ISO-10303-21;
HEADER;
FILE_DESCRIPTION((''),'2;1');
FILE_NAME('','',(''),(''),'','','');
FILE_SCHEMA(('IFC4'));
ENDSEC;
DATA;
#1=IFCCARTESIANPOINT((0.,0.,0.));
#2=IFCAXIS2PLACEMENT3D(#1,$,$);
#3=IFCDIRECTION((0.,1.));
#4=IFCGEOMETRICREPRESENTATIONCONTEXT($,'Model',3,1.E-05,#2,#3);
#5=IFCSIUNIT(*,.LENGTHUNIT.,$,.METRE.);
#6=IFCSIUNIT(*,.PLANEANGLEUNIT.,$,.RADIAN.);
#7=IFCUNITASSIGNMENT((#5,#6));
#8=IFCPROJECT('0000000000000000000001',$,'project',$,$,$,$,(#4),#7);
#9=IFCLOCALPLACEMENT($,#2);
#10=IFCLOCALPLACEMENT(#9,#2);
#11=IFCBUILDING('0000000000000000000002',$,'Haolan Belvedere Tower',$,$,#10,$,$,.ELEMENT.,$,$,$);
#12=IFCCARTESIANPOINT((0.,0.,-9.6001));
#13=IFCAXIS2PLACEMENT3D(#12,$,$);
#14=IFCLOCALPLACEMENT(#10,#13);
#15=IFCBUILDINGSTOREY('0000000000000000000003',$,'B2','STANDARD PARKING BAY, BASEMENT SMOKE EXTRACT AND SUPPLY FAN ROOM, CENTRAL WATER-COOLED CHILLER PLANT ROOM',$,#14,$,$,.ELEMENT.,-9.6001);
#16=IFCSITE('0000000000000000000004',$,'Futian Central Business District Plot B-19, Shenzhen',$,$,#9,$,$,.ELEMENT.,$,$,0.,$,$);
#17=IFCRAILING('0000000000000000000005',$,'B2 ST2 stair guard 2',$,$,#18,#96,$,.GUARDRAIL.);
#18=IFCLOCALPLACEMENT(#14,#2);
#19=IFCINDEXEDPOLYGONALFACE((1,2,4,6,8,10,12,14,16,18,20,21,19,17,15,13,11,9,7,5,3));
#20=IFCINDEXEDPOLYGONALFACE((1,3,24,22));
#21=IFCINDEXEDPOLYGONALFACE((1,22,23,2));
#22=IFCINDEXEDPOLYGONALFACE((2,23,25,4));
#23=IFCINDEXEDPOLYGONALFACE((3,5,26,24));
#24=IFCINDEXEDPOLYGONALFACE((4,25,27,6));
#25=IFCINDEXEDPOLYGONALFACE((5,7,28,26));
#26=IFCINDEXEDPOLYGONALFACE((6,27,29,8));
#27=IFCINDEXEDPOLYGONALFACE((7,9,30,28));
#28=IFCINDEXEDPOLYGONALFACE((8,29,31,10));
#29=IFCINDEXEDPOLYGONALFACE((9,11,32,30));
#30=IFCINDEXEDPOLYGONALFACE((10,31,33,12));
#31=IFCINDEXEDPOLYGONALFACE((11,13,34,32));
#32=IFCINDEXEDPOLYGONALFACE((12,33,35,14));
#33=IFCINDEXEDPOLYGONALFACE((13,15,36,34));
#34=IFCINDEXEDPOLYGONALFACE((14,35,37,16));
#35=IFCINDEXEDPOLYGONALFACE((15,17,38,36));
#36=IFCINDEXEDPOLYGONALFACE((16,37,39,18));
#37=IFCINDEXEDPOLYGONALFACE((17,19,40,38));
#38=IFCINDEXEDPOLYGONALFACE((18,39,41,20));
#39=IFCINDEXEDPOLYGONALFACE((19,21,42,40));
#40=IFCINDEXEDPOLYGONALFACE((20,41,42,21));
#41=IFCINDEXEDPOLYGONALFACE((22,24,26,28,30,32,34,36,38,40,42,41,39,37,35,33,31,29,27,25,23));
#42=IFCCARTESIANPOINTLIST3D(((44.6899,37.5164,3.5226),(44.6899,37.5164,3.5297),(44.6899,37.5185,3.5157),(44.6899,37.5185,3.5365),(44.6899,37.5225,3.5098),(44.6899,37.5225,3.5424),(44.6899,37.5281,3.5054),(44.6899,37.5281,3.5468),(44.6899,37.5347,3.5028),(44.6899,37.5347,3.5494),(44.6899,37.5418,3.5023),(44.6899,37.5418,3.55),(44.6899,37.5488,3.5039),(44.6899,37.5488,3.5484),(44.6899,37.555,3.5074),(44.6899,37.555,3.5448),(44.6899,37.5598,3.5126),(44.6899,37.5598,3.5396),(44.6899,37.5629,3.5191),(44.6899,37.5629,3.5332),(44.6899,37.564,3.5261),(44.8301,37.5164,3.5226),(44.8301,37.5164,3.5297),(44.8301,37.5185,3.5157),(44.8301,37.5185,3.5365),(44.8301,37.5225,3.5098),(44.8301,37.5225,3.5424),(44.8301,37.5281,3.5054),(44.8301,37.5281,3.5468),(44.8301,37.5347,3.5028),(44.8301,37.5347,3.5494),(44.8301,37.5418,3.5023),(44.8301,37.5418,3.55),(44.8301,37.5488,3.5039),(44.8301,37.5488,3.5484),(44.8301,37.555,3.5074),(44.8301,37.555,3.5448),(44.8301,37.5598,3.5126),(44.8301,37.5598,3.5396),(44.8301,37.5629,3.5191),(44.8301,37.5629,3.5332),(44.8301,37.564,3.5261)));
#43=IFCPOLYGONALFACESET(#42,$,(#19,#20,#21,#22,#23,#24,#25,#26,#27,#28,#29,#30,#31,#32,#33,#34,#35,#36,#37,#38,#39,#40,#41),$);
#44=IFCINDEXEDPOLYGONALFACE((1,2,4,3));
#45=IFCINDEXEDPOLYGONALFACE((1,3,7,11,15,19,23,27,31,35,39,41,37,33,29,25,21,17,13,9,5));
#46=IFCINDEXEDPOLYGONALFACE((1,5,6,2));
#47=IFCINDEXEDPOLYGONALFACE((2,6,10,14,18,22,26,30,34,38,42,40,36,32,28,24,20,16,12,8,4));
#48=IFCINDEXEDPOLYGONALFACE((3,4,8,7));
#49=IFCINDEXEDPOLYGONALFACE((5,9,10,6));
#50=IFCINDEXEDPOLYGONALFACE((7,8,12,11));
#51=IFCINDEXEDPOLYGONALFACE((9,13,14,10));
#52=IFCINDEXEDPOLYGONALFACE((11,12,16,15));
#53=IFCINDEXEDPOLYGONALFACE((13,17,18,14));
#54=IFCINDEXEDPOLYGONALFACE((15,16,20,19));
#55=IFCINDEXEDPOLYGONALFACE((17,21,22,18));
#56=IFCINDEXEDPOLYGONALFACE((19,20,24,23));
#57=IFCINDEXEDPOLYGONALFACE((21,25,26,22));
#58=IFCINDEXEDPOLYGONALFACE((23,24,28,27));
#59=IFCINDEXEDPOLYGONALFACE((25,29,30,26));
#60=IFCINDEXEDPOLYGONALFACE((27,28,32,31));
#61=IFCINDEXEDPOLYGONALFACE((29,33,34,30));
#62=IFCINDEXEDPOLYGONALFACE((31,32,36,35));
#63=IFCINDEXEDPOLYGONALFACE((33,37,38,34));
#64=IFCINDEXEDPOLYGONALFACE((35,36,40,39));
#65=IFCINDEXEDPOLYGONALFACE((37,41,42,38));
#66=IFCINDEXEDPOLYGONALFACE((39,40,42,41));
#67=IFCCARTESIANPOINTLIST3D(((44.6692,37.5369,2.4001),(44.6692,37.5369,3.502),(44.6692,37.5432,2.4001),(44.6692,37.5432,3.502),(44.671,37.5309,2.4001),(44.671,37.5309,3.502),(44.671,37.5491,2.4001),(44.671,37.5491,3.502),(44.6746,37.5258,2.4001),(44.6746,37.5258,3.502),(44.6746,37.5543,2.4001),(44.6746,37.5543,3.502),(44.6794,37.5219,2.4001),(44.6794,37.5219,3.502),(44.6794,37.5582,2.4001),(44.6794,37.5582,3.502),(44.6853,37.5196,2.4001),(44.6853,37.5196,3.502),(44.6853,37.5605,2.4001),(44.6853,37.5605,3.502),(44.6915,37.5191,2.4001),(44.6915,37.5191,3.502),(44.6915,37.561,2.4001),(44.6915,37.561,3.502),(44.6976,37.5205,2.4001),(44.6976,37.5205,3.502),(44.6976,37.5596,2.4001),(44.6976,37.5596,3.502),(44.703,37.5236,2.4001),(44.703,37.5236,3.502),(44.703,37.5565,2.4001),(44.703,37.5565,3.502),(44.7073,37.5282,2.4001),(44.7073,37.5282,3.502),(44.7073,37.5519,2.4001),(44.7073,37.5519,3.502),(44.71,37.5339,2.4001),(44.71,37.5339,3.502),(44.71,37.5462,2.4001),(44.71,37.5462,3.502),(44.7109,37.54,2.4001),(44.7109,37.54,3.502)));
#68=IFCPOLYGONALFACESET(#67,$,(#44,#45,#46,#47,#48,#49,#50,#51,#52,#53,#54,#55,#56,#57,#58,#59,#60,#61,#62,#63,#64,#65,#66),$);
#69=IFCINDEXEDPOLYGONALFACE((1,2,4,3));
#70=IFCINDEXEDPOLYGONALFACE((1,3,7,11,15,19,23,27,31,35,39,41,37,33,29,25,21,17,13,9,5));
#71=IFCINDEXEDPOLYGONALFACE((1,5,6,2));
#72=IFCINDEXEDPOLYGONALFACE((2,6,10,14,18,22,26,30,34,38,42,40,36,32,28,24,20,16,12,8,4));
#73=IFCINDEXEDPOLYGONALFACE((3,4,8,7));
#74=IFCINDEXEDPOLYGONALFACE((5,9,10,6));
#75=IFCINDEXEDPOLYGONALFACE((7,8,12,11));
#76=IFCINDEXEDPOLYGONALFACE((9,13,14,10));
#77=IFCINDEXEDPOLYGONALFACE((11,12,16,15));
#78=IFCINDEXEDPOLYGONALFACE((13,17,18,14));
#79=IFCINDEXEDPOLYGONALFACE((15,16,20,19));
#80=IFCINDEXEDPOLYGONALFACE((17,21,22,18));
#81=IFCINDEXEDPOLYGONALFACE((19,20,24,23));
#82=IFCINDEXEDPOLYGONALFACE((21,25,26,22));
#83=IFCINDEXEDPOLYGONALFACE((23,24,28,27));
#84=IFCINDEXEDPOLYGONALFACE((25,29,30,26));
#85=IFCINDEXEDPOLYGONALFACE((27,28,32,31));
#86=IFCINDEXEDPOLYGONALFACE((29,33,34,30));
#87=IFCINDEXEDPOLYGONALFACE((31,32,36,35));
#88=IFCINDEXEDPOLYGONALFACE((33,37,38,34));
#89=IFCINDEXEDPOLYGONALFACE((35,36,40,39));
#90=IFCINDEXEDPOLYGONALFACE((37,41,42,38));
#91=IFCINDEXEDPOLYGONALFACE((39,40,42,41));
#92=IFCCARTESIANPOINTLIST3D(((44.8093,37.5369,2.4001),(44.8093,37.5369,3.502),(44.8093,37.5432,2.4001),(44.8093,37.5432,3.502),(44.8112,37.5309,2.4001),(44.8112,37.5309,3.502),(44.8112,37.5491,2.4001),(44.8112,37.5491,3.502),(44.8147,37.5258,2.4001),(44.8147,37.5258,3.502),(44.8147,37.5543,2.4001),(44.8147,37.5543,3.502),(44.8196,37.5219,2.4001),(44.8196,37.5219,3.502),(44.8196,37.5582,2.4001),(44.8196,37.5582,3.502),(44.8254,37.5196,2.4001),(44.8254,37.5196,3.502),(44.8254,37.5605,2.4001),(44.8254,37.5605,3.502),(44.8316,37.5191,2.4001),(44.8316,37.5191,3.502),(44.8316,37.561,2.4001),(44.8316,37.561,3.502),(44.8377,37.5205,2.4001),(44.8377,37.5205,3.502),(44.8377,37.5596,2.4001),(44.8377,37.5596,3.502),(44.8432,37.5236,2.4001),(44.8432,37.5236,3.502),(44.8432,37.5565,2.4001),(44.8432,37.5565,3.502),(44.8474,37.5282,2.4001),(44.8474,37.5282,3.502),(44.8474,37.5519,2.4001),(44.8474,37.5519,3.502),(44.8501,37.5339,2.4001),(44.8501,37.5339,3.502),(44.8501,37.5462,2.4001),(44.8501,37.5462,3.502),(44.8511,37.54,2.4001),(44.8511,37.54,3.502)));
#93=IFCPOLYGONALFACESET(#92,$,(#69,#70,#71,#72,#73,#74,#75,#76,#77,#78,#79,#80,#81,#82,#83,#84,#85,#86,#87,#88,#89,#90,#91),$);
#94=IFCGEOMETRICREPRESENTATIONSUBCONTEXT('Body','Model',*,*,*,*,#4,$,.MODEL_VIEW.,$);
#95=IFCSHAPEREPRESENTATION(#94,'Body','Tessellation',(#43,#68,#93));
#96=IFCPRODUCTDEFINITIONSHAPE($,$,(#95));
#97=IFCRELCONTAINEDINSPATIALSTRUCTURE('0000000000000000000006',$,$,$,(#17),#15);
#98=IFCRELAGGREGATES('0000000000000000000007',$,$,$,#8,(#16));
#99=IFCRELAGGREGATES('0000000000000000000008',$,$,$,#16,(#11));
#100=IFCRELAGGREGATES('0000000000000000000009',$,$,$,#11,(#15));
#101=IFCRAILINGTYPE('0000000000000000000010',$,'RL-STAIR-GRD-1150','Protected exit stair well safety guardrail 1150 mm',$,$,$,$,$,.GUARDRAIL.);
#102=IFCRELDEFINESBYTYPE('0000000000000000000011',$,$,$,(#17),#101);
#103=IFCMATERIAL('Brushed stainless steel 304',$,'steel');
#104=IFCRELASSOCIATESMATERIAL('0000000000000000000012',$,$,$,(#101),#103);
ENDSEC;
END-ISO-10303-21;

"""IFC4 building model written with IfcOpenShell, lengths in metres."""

from ifc_helpers import new_model, si_unit, direction, frame, origin, origin_2d, place, context, subcontext, project, spatial, circle, extrude, material, type_object, element, save


model = new_model("IFC4")

# Units and contexts
model_context = context("Model", 3, precision=1e-05, world=origin(), true_north=direction((0.0, 1.0)))
body_context = subcontext(model_context, "Body", "Model", "MODEL_VIEW")
ifc_project = project(units=[si_unit("LENGTHUNIT", "METRE"), si_unit("PLANEANGLEUNIT", "RADIAN")], contexts=[model_context])

# Site, building, storey
site_placement = place(None, origin())
site = spatial("IfcSite", under=ifc_project, at=site_placement, Name="Futian Central Business District Plot B-19, Shenzhen", CompositionType="ELEMENT", RefElevation=0.0)
building_placement = place(site_placement, origin())
building = spatial("IfcBuilding", under=site, at=building_placement, Name="Haolan Belvedere Tower", CompositionType="ELEMENT")
storey_placement = place(building_placement, frame((0.0, 0.0, -9.6001)))
storey = spatial("IfcBuildingStorey", under=building, at=storey_placement, Name="B2", Description="STANDARD PARKING BAY, BASEMENT SMOKE EXTRACT AND SUPPLY FAN ROOM, CENTRAL WATER-COOLED CHILLER PLANT ROOM", CompositionType="ELEMENT", Elevation=-9.6001)

# Railing
ifc_material_1 = material(Name="Brushed stainless steel 304", Category="steel")
railing_type_1 = type_object("IfcRailingType", Name="RL-STAIR-GRD-1150", Description="Protected exit stair well safety guardrail 1150 mm", PredefinedType="GUARDRAIL", material=ifc_material_1)
railing_1_placement = place(storey_placement, frame((44.6899, 37.54, 2.4001)))
element("IfcRailing", 1, at=railing_1_placement, inside=storey, type_object=railing_type_1, Name="B2 ST2 stair guard 2", PredefinedType="GUARDRAIL", context=body_context, shape_type="SweptSolid", body=[
    extrude(circle(Radius=0.0239, at=origin_2d()), frame((0.0, 0.0, 1.126), z_axis=(1.0, 0.0, 0.0), x_axis=(0.0, 1.0, 0.0)), (0.0, 0.0, 1.0), 0.1401),
    extrude(circle(Radius=0.021, at=origin_2d()), origin(), (0.0, 0.0, 1.0), 1.1018),
    extrude(circle(Radius=0.021, at=origin_2d()), frame((0.1401, 0.0, 0.0)), (0.0, 0.0, 1.0), 1.1018),
])

save(model, "model.ifc")
